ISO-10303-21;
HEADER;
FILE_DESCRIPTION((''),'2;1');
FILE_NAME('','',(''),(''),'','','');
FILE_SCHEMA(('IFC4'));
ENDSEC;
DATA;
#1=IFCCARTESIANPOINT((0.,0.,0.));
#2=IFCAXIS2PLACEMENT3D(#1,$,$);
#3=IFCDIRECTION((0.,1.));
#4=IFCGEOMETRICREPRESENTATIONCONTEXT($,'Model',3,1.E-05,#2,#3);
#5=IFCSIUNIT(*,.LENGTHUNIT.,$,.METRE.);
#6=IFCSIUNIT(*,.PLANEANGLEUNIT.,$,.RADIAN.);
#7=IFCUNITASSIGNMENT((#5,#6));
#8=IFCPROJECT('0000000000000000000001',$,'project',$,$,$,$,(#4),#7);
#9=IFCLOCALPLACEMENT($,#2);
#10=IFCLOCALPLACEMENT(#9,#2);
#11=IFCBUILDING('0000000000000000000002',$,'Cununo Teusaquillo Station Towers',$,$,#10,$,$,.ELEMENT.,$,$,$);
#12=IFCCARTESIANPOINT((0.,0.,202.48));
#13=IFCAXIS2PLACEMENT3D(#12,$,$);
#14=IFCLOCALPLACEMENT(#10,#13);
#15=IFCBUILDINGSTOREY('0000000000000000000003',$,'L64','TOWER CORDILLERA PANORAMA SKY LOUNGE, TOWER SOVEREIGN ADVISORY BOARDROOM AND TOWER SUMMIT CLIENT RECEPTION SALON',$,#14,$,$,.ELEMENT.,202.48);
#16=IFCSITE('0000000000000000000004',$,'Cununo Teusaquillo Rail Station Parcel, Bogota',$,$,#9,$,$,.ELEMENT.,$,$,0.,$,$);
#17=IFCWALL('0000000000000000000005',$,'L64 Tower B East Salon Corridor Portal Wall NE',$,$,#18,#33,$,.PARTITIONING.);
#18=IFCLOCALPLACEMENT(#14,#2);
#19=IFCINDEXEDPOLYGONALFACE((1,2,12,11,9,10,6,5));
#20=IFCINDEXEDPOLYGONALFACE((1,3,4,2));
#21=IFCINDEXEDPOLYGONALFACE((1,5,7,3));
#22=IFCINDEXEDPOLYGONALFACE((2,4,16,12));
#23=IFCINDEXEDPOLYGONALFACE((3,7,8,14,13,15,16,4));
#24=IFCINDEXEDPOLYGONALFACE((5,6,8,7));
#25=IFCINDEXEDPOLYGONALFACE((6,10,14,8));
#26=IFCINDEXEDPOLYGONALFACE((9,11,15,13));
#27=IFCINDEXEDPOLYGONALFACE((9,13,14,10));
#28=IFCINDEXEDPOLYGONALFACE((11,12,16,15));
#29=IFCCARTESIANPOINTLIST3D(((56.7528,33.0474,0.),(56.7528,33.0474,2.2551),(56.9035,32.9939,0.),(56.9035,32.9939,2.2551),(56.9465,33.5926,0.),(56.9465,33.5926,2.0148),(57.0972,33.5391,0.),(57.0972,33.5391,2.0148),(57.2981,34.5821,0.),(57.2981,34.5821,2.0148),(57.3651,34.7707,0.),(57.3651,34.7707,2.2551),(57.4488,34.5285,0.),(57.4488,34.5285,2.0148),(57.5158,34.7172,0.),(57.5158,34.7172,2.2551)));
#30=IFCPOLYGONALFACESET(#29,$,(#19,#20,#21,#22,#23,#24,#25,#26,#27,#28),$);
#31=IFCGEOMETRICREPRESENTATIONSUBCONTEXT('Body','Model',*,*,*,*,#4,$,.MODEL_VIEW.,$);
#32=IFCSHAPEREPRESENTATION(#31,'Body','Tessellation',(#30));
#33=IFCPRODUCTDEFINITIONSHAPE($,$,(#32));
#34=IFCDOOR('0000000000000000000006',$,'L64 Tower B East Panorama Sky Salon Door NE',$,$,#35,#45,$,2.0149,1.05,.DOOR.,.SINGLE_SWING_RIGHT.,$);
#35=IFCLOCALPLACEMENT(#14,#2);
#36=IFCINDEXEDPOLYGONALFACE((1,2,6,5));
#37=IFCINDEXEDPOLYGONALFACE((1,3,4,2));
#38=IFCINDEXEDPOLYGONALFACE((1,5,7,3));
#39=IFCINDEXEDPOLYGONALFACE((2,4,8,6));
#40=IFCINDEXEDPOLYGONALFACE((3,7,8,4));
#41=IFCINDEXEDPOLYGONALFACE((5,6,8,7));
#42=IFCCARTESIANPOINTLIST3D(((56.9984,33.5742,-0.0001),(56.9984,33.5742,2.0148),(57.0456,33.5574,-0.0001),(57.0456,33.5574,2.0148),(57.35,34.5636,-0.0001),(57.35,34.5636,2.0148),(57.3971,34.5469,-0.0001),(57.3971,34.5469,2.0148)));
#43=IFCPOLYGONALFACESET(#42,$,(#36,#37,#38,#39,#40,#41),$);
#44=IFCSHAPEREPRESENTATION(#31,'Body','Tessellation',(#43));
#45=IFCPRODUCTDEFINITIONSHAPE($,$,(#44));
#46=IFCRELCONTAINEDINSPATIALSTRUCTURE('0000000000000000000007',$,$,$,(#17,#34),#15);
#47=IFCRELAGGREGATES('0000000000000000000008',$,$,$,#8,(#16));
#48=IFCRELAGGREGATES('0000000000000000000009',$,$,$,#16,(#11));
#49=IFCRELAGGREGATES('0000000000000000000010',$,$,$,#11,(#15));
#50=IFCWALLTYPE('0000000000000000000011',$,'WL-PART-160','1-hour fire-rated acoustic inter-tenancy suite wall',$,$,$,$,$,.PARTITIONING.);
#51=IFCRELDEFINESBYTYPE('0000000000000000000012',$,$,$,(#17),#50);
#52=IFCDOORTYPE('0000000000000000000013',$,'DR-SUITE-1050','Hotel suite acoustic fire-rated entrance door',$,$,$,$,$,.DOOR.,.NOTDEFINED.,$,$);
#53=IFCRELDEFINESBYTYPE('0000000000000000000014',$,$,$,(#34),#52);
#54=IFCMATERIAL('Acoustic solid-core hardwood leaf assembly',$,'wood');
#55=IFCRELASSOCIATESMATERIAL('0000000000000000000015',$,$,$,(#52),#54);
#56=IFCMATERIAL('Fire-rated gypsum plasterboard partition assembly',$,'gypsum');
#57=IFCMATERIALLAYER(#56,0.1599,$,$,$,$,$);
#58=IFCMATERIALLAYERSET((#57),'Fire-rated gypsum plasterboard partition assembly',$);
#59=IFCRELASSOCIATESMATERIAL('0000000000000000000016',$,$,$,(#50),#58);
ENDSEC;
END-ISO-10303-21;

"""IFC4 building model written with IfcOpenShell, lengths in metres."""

from ifc_helpers import new_model, si_unit, direction, frame, frame_2d, origin, place, context, subcontext, project, spatial, rectangle, extrude, source, transform, mapped, material, layer, layer_set, type_object, element, fill, save


model = new_model("IFC4")

# Units and contexts
model_context = context("Model", 3, precision=1e-05, world=origin(), true_north=direction((0.0, 1.0)))
body_context = subcontext(model_context, "Body", "Model", "MODEL_VIEW")
ifc_project = project(units=[si_unit("LENGTHUNIT", "METRE"), si_unit("PLANEANGLEUNIT", "RADIAN")], contexts=[model_context])

# Site, building, storey
site_placement = place(None, origin())
site = spatial("IfcSite", under=ifc_project, at=site_placement, Name="Cununo Teusaquillo Rail Station Parcel, Bogota", CompositionType="ELEMENT", RefElevation=0.0)
building_placement = place(site_placement, origin())
building = spatial("IfcBuilding", under=site, at=building_placement, Name="Cununo Teusaquillo Station Towers", CompositionType="ELEMENT")
storey_placement = place(building_placement, frame((0.0, 0.0, 202.48)))
storey = spatial("IfcBuildingStorey", under=building, at=storey_placement, Name="L64", Description="TOWER CORDILLERA PANORAMA SKY LOUNGE, TOWER SOVEREIGN ADVISORY BOARDROOM AND TOWER SUMMIT CLIENT RECEPTION SALON", CompositionType="ELEMENT", Elevation=202.48)

# Shared definitions
ifc_material_1 = material(Name="Acoustic solid-core hardwood leaf assembly", Category="wood")
door_type = type_object("IfcDoorType", Name="DR-SUITE-1050", Description="Hotel suite acoustic fire-rated entrance door", OperationType="NOTDEFINED", PredefinedType="DOOR", material=ifc_material_1)
shared_shape_1 = source(origin(), body_context, "Body", "SweptSolid", [
    extrude(rectangle(XDim=1.05, YDim=2.0149, at=frame_2d((0.5249, 1.0073))), frame((0.0, 0.0249, 0.0), z_axis=(0.0, -1.0, 0.0), x_axis=(1.0, 0.0, 0.0)), (0.0, 0.0, 1.0), 0.05),
])

# Wall, opening, door
ifc_material_2 = material(Name="Fire-rated gypsum plasterboard partition assembly", Category="gypsum")
ifc_layer_1 = layer(ifc_material_2, 0.1599)
ifc_layer_set_1 = layer_set([ifc_layer_1], Name="Fire-rated gypsum plasterboard partition assembly")
wall_type_1 = type_object("IfcWallType", Name="WL-PART-160", Description="1-hour fire-rated acoustic inter-tenancy suite wall", PredefinedType="PARTITIONING", material=ifc_layer_set_1)
wall_1_placement = place(storey_placement, frame((56.8281, 33.0205, 0.0), z_axis=(0.0, 0.0, 1.0), x_axis=(0.334788, 0.942293, 0.0)))
wall_1 = element("IfcWall", 1, at=wall_1_placement, inside=storey, type_object=wall_type_1, Name="L64 Tower B East Salon Corridor Portal Wall NE", PredefinedType="PARTITIONING", context=body_context, shape_type="SweptSolid", body=[
    extrude(rectangle(XDim=1.8289, YDim=0.1599, at=frame_2d((0.9146, 0.0))), origin(), (0.0, 0.0, 1.0), 2.2551),
])
shared_shape_2 = source(origin(), body_context, "Body", "SweptSolid", [
    extrude(rectangle(XDim=1.05, YDim=2.0149, at=frame_2d((0.5249, 1.0073))), frame((0.0, 0.0898, 0.0), z_axis=(0.0, -1.0, 0.0), x_axis=(1.0, 0.0, 0.0)), (0.0, 0.0, 1.0), 0.1799),
])
opening_1_placement = place(wall_1_placement, frame((0.5789, 0.0, 0.0)))
opening_1 = element("IfcOpeningElement", 2, at=opening_1_placement, cuts=wall_1, PredefinedType="OPENING", context=body_context, shape_type="MappedRepresentation", body=[
    mapped(shared_shape_2, transform((0.0, 0.0, 0.0), x_axis=(1.0, 0.0, 0.0), y_axis=(0.0, 1.0, 0.0), z_axis=(0.0, 0.0, 1.0), scale=1.0)),
])
door_1_placement = place(opening_1_placement, origin())
door_1 = element("IfcDoor", 3, at=door_1_placement, inside=storey, type_object=door_type, Name="L64 Tower B East Panorama Sky Salon Door NE", OperationType="SINGLE_SWING_RIGHT", OverallHeight=2.0149, OverallWidth=1.05, PredefinedType="DOOR", context=body_context, shape_type="MappedRepresentation", body=[
    mapped(shared_shape_1, transform((0.0, 0.0, 0.0), x_axis=(1.0, 0.0, 0.0), y_axis=(0.0, 1.0, 0.0), z_axis=(0.0, 0.0, 1.0), scale=1.0)),
])
fill(opening_1, door_1)

save(model, "model.ifc")
